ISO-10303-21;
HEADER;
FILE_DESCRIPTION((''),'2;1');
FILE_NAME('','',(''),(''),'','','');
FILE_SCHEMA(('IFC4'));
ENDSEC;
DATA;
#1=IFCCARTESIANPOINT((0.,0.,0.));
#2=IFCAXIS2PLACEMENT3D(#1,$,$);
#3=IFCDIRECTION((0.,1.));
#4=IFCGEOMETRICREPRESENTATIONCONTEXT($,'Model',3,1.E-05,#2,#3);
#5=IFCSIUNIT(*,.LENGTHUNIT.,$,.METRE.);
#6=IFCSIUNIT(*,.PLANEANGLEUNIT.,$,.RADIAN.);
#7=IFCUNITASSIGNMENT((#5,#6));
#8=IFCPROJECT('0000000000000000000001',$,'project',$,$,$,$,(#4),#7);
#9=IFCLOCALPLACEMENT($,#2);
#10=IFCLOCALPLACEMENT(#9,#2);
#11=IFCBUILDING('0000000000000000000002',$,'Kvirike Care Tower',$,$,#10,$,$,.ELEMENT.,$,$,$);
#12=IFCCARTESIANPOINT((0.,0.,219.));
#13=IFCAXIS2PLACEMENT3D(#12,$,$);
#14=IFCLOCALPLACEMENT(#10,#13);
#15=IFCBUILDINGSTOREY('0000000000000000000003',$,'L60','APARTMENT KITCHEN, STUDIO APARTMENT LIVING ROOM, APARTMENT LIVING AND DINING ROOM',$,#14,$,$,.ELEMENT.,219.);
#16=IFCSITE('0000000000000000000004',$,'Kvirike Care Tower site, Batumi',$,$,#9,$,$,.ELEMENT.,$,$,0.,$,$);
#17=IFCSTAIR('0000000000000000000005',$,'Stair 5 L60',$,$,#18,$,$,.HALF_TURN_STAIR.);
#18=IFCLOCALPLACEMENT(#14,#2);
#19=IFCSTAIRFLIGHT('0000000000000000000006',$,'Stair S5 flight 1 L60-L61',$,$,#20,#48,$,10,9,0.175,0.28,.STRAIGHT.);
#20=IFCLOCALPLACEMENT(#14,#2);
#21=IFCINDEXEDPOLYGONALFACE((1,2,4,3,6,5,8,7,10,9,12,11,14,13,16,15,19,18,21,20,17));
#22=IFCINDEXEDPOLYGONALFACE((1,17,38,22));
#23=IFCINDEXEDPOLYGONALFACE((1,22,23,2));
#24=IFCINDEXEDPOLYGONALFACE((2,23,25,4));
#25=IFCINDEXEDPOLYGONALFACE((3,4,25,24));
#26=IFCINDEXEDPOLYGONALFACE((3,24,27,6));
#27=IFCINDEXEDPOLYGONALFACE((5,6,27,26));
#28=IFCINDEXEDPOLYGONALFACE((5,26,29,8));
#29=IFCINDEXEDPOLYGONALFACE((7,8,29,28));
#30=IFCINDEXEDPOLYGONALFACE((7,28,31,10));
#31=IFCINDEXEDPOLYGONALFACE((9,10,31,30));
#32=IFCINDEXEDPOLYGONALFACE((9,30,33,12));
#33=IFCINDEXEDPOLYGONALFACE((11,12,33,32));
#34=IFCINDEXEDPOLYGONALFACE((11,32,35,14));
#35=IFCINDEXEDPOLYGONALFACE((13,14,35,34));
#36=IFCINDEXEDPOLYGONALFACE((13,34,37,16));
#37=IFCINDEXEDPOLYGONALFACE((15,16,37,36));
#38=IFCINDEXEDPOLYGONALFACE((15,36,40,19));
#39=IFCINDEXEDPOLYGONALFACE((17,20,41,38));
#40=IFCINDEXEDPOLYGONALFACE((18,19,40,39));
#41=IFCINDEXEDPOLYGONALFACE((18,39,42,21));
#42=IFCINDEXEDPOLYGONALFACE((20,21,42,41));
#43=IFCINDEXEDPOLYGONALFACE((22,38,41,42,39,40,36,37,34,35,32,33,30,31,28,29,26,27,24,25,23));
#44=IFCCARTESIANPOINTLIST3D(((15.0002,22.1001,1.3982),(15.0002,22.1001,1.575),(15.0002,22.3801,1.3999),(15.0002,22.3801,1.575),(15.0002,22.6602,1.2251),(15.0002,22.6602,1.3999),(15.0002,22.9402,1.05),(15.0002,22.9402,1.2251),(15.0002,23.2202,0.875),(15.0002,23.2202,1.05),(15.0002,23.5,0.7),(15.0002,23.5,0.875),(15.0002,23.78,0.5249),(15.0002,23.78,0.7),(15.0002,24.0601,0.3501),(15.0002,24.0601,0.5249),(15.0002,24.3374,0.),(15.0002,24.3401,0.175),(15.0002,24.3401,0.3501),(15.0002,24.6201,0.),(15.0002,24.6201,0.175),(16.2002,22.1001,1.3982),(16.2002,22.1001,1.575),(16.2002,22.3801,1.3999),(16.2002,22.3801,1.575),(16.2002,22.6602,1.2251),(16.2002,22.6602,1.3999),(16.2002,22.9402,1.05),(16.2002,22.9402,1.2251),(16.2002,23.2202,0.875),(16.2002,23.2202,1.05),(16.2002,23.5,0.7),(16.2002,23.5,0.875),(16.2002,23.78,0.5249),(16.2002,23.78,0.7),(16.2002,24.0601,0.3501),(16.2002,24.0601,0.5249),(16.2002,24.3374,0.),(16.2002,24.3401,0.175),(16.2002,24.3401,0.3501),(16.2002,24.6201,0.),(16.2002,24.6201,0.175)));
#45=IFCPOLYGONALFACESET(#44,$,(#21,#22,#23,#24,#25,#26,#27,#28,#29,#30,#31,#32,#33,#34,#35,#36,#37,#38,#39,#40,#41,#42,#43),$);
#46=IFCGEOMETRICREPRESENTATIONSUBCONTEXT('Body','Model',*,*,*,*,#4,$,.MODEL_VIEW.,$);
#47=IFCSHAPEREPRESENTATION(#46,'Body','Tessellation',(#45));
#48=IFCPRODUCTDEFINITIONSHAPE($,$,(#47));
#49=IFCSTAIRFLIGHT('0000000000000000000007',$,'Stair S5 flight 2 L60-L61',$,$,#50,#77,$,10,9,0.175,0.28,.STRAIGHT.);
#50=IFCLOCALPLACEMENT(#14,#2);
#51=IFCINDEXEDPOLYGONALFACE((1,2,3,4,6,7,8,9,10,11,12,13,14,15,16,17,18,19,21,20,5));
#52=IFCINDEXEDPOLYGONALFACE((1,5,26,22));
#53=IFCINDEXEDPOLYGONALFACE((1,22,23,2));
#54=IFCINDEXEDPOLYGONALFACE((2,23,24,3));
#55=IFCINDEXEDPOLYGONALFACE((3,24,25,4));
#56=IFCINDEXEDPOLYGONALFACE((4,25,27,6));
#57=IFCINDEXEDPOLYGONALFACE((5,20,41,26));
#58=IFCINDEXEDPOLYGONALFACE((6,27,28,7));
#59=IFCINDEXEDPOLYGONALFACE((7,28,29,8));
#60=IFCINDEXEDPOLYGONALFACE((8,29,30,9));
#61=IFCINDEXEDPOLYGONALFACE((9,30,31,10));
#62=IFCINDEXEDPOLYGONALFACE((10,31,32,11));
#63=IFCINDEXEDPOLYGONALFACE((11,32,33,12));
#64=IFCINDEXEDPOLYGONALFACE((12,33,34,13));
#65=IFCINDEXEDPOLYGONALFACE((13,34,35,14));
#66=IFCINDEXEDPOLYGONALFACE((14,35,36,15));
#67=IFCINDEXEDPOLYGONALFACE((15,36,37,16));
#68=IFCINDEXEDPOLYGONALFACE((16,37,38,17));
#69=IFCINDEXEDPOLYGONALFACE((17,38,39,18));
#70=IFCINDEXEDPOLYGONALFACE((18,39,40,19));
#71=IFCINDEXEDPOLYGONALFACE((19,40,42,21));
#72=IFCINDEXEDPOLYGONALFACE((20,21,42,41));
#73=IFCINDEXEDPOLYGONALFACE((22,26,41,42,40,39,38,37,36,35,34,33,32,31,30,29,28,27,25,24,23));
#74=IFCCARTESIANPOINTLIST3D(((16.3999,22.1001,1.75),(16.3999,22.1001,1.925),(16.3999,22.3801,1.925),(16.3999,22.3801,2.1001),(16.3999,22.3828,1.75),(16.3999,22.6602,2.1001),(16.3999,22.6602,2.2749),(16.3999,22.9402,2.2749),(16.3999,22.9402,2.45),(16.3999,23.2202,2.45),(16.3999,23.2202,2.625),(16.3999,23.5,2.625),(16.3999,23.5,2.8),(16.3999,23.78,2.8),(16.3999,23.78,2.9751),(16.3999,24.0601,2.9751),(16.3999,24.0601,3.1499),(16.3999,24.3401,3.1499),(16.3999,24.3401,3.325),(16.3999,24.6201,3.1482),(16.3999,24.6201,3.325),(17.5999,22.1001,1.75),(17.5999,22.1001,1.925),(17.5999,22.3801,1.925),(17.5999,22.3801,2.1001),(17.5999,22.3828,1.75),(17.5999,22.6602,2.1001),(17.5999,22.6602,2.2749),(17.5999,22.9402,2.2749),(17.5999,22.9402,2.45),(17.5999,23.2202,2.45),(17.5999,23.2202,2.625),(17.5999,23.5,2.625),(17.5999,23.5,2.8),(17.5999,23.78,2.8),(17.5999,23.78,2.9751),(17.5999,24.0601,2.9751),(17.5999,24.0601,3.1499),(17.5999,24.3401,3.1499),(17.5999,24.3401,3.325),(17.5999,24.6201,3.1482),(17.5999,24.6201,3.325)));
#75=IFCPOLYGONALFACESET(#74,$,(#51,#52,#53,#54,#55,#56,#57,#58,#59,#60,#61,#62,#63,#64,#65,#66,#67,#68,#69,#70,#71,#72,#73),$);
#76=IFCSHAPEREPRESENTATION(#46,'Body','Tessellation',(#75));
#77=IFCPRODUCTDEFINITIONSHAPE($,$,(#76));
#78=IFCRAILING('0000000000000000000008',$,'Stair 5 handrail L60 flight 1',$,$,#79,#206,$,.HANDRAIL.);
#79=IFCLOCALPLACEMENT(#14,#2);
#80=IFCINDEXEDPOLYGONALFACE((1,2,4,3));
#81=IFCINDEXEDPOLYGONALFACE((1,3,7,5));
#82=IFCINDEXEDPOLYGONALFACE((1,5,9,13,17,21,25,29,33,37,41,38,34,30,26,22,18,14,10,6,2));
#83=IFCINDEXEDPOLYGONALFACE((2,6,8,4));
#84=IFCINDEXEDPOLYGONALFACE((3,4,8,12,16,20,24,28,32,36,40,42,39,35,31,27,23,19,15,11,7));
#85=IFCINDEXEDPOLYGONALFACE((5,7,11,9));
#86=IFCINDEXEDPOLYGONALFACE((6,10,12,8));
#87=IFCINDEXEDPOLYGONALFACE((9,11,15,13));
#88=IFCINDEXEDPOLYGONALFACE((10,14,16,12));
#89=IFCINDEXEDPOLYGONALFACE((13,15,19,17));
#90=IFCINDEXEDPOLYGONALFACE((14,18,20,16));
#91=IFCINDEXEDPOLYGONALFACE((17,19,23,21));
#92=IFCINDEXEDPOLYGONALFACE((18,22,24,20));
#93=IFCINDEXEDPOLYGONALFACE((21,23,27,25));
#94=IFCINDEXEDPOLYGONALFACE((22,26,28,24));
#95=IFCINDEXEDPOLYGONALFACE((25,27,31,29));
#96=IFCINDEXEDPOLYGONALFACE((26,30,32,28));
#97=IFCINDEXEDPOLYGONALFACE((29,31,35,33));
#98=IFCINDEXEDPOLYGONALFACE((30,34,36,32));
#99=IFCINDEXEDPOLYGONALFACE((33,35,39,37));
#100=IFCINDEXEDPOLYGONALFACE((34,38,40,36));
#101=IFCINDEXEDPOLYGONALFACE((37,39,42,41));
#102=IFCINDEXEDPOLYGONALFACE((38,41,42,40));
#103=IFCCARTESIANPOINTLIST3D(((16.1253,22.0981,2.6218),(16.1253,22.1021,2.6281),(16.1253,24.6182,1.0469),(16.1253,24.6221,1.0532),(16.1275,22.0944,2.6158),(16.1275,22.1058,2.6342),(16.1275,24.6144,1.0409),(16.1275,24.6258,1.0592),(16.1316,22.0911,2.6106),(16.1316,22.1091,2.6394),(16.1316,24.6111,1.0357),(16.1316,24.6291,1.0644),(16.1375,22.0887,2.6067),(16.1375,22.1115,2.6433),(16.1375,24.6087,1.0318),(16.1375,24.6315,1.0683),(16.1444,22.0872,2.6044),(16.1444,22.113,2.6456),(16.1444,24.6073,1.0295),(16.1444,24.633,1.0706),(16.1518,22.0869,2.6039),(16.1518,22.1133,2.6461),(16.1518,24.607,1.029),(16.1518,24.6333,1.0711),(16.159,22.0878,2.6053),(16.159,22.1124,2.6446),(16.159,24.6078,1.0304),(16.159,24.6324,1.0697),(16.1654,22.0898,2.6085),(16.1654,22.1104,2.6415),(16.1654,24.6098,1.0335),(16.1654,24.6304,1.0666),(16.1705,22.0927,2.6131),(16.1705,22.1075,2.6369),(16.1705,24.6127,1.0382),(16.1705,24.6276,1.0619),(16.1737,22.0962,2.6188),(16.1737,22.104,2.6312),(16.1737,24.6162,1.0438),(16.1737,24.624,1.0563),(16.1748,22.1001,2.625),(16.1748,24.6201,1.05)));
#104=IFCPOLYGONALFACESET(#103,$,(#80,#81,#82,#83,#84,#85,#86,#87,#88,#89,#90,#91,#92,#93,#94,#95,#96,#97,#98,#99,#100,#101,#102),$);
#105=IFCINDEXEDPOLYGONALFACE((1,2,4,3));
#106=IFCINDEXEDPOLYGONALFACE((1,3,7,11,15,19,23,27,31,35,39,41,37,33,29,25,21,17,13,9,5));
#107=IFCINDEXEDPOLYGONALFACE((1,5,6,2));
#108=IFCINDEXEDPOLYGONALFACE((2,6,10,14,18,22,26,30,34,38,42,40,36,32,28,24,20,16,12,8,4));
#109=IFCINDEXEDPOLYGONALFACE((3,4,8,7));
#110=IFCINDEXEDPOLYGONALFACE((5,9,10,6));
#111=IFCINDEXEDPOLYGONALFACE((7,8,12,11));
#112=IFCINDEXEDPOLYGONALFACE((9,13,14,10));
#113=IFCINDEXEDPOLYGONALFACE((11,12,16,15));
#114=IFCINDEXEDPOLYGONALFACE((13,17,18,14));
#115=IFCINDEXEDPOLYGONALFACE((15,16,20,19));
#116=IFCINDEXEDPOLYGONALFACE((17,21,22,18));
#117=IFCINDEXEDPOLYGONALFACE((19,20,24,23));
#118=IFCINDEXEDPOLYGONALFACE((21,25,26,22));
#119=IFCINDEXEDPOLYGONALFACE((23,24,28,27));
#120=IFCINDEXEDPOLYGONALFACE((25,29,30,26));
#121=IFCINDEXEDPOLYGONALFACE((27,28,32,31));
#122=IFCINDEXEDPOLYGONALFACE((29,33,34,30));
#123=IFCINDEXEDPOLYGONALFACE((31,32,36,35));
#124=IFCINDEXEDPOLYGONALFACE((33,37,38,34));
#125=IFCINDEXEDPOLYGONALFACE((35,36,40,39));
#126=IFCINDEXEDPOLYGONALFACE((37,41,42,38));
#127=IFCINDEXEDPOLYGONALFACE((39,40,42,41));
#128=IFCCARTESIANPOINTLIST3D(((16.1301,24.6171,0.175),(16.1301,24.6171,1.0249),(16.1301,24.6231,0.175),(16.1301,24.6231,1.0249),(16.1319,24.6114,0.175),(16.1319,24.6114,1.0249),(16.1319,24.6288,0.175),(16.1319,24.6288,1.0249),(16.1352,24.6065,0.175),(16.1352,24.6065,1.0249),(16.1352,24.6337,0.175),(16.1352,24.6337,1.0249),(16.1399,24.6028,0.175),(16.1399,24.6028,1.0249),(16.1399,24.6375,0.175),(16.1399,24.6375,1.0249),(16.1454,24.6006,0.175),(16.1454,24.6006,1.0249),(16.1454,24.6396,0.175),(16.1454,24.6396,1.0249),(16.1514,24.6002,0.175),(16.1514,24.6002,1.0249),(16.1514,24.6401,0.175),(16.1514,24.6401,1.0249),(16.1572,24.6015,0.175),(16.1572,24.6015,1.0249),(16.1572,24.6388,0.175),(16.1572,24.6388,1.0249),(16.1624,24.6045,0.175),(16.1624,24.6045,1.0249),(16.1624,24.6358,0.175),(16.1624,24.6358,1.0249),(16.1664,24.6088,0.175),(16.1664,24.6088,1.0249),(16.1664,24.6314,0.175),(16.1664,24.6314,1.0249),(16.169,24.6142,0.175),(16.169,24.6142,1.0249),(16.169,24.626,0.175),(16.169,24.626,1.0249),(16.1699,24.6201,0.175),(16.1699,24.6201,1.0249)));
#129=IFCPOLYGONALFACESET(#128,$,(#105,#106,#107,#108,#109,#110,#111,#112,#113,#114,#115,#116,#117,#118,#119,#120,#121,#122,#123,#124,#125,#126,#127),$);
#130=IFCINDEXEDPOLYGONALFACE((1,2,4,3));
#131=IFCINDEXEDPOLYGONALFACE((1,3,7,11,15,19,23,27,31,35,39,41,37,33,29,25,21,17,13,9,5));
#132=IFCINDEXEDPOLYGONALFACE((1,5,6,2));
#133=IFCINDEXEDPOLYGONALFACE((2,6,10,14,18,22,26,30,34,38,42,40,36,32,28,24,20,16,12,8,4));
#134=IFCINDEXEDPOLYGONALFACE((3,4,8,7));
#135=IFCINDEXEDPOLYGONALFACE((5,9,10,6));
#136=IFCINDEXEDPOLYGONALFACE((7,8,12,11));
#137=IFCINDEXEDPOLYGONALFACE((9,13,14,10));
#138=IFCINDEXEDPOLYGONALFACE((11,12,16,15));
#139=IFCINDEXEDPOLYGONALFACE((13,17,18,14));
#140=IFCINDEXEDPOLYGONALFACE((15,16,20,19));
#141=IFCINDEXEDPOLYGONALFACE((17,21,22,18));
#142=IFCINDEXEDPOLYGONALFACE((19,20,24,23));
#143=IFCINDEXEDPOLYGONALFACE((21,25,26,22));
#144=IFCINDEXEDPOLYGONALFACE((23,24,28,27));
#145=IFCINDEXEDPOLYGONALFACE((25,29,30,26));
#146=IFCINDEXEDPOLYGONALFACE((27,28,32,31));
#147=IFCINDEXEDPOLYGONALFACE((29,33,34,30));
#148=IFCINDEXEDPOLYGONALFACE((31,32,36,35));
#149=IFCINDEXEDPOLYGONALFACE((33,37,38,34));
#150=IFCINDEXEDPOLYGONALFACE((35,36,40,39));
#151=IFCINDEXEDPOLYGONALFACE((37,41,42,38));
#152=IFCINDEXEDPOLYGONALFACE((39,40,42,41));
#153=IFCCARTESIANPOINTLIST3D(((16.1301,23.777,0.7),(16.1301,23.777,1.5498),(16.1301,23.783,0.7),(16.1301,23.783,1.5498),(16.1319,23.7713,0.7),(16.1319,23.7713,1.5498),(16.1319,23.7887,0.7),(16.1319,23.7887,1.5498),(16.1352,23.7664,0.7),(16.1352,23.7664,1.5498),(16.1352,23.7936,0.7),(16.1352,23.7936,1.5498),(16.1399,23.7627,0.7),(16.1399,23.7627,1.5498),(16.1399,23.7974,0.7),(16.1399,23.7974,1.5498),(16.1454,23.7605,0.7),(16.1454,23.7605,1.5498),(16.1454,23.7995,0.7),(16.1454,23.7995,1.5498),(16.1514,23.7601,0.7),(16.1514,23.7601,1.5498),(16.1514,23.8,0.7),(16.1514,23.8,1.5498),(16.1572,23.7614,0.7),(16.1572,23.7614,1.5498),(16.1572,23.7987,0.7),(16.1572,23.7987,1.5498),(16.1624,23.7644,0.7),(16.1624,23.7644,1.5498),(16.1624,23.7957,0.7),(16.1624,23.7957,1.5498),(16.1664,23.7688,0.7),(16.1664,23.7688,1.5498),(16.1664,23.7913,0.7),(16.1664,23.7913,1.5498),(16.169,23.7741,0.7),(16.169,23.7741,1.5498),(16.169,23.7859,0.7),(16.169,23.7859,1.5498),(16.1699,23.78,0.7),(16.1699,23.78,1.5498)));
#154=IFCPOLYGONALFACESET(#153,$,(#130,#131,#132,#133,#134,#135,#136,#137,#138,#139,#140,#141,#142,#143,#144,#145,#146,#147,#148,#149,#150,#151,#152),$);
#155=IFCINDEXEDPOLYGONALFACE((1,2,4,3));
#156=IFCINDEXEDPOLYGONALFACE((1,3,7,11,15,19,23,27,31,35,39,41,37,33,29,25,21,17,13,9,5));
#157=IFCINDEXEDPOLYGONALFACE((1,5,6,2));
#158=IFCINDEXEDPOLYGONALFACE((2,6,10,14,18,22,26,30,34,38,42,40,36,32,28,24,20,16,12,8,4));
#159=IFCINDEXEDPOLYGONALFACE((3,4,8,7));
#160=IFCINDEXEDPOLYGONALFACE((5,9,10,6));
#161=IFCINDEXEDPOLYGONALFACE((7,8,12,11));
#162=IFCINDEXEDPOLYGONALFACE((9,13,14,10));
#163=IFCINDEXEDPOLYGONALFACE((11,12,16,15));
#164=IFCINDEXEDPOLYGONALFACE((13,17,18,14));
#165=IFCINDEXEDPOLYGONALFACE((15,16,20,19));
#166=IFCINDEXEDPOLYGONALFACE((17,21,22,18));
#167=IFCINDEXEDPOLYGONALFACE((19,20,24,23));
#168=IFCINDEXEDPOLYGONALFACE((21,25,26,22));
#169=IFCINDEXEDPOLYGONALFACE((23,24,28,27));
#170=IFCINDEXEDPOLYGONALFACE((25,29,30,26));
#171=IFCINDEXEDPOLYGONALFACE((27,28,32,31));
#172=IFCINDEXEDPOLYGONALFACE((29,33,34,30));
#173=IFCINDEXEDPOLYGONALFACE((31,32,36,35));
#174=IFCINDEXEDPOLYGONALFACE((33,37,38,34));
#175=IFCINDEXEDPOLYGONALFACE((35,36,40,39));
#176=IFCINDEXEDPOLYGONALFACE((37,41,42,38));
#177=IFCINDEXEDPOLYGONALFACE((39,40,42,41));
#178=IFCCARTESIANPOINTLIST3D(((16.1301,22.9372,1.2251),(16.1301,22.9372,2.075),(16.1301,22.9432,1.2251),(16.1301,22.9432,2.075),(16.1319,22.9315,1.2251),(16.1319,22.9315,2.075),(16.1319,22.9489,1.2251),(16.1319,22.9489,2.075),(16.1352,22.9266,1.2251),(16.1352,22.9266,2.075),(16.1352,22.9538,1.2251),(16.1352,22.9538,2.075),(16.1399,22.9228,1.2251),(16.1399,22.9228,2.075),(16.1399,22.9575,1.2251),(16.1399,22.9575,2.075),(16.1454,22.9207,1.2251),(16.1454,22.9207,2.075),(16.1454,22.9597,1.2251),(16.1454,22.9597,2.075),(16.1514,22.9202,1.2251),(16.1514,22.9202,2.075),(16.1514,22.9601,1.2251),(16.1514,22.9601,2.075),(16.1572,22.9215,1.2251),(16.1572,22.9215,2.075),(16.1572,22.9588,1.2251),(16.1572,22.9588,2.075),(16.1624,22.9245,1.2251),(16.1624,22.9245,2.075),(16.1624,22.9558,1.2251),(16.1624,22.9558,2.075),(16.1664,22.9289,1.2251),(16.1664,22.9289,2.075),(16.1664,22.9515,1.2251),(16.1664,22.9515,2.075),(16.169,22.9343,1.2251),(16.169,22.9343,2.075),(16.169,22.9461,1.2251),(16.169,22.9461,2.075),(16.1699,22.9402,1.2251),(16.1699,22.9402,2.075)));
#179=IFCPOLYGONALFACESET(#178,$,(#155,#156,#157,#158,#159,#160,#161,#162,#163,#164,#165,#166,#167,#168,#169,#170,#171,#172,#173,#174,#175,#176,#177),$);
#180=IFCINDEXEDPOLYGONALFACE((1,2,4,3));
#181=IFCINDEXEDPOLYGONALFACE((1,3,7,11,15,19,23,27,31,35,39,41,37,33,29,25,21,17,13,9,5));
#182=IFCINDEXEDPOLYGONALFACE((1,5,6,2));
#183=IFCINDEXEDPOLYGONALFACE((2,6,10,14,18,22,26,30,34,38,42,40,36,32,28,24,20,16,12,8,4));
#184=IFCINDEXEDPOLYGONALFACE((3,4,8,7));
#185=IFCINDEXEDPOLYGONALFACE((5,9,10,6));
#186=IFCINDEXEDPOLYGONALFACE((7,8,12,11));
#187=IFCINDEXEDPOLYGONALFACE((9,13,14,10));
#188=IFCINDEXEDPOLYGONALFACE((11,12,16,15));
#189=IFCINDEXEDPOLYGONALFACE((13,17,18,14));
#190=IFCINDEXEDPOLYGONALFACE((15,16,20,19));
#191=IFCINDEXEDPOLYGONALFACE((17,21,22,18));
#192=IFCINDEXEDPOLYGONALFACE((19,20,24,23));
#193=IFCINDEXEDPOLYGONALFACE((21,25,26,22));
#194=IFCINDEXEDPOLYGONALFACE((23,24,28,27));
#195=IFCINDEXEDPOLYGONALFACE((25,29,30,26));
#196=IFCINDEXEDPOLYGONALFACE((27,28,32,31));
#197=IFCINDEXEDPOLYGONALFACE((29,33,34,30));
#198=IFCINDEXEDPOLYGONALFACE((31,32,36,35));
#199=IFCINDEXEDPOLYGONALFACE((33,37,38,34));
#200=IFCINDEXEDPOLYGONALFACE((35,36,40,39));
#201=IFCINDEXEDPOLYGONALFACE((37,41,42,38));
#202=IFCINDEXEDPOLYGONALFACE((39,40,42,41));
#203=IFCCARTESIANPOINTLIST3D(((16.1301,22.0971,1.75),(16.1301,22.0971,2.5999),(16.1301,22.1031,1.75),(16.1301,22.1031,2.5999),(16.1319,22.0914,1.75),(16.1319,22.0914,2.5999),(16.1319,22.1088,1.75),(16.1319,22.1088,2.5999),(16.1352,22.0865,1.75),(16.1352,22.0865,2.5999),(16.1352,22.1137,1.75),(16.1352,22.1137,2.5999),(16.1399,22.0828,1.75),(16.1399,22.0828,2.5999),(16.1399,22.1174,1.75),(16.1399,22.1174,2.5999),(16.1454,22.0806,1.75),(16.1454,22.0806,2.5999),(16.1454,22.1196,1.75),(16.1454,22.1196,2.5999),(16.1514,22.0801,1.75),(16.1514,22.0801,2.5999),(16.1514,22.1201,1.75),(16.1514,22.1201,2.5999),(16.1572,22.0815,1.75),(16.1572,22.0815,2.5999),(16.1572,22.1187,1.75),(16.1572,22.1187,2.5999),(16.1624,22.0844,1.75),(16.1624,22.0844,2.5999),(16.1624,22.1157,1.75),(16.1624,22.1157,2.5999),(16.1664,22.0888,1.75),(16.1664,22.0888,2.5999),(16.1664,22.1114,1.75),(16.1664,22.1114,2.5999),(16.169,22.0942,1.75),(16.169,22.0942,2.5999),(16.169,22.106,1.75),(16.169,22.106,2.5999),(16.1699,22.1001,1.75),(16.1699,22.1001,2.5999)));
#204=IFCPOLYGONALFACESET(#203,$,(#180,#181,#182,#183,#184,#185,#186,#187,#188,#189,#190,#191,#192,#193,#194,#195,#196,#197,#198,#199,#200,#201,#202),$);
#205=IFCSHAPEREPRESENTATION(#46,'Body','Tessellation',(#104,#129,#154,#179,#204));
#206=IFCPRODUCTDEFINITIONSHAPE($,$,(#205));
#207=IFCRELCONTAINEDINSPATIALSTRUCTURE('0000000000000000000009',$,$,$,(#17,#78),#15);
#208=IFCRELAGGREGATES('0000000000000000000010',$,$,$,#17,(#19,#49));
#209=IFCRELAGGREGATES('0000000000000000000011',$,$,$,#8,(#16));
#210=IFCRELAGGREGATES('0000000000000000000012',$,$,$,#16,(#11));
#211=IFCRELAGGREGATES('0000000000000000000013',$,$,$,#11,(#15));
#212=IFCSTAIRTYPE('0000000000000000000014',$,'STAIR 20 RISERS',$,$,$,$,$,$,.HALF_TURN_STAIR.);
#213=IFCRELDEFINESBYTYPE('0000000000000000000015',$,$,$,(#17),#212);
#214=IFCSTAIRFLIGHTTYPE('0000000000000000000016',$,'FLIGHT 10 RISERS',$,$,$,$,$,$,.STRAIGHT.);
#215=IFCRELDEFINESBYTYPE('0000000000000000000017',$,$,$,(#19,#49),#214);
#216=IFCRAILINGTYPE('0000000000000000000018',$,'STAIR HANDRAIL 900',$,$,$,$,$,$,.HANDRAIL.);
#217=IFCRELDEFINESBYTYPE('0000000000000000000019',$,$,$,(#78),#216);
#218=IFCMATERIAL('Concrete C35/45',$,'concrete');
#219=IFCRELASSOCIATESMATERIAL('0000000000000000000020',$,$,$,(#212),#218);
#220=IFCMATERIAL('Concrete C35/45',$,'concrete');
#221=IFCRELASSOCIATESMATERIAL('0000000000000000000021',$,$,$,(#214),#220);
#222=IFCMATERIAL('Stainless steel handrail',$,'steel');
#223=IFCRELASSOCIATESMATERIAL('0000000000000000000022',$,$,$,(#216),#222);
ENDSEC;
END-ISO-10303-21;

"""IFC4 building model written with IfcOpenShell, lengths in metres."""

from ifc_helpers import new_model, si_unit, direction, frame, origin, origin_2d, place, context, subcontext, project, spatial, polyline, circle, outline, extrude, material, type_object, element, aggregate, save


model = new_model("IFC4")

# Units and contexts
model_context = context("Model", 3, precision=1e-05, world=origin(), true_north=direction((0.0, 1.0)))
body_context = subcontext(model_context, "Body", "Model", "MODEL_VIEW")
ifc_project = project(units=[si_unit("LENGTHUNIT", "METRE"), si_unit("PLANEANGLEUNIT", "RADIAN")], contexts=[model_context])

# Site, building, storey
site_placement = place(None, origin())
site = spatial("IfcSite", under=ifc_project, at=site_placement, Name="Kvirike Care Tower site, Batumi", CompositionType="ELEMENT", RefElevation=0.0)
building_placement = place(site_placement, origin())
building = spatial("IfcBuilding", under=site, at=building_placement, Name="Kvirike Care Tower", CompositionType="ELEMENT")
storey_placement = place(building_placement, frame((0.0, 0.0, 219.0)))
storey = spatial("IfcBuildingStorey", under=building, at=storey_placement, Name="L60", Description="APARTMENT KITCHEN, STUDIO APARTMENT LIVING ROOM, APARTMENT LIVING AND DINING ROOM", CompositionType="ELEMENT", Elevation=219.0)

# Stair, stair flights
ifc_material_1 = material(Name="Concrete C35/45", Category="concrete")
stair_type = type_object("IfcStairType", Name="STAIR 20 RISERS", PredefinedType="HALF_TURN_STAIR", material=ifc_material_1)
stair_placement = place(storey_placement, origin())
stair = element("IfcStair", 1, at=stair_placement, inside=storey, type_object=stair_type, Name="Stair 5 L60", PredefinedType="HALF_TURN_STAIR")
ifc_material_2 = material(Name="Concrete C35/45", Category="concrete")
stair_flight_type = type_object("IfcStairFlightType", Name="FLIGHT 10 RISERS", PredefinedType="STRAIGHT", material=ifc_material_2)
stair_flight_1_placement = place(storey_placement, frame((15.6001, 24.6201, 0.0), z_axis=(0.0, 0.0, 1.0), x_axis=(0.0, -1.0, 0.0)))
stair_flight_1 = element("IfcStairFlight", 2, at=stair_flight_1_placement, type_object=stair_flight_type, Name="Stair S5 flight 1 L60-L61", NumberOfRisers=10, NumberOfTreads=9, PredefinedType="STRAIGHT", RiserHeight=0.175, TreadLength=0.28, context=body_context, shape_type="SweptSolid", body=[
    extrude(outline(polyline([(0.0, 0.0), (0.0, 0.175), (0.28, 0.175), (0.28, 0.3501), (0.5601, 0.3501), (0.5601, 0.5249), (0.8401, 0.5249), (0.8401, 0.7), (1.1201, 0.7), (1.1201, 0.875), (1.3999, 0.875), (1.3999, 1.05), (1.6799, 1.05), (1.6799, 1.2251), (1.96, 1.2251), (1.96, 1.3999), (2.24, 1.3999), (2.24, 1.575), (2.52, 1.575), (2.52, 1.75), (2.52, 1.3982), (0.2827, 0.0), (0.0, 0.0)])), frame((0.0, 0.6001, 0.0), z_axis=(0.0, -1.0, 0.0), x_axis=(1.0, 0.0, 0.0)), (0.0, 0.0, 1.0), 1.2),
])
stair_flight_2_placement = place(storey_placement, frame((17.0, 22.1001, 1.75), z_axis=(0.0, 0.0, 1.0), x_axis=(0.0, 1.0, 0.0)))
stair_flight_2 = element("IfcStairFlight", 3, at=stair_flight_2_placement, type_object=stair_flight_type, Name="Stair S5 flight 2 L60-L61", NumberOfRisers=10, NumberOfTreads=9, PredefinedType="STRAIGHT", RiserHeight=0.175, TreadLength=0.28, context=body_context, shape_type="SweptSolid", body=[
    extrude(outline(polyline([(0.0, 0.0), (0.0, 0.175), (0.28, 0.175), (0.28, 0.3501), (0.5601, 0.3501), (0.5601, 0.5249), (0.8401, 0.5249), (0.8401, 0.7), (1.1201, 0.7), (1.1201, 0.875), (1.3999, 0.875), (1.3999, 1.05), (1.6799, 1.05), (1.6799, 1.2251), (1.96, 1.2251), (1.96, 1.3999), (2.24, 1.3999), (2.24, 1.575), (2.52, 1.575), (2.52, 1.75), (2.52, 1.3982), (0.2827, 0.0), (0.0, 0.0)])), frame((0.0, 0.6001, 0.0), z_axis=(0.0, -1.0, 0.0), x_axis=(1.0, 0.0, 0.0)), (0.0, 0.0, 1.0), 1.2),
])
aggregate(stair, [stair_flight_1, stair_flight_2])

# Railing
ifc_material_3 = material(Name="Stainless steel handrail", Category="steel")
railing_type = type_object("IfcRailingType", Name="STAIR HANDRAIL 900", PredefinedType="HANDRAIL", material=ifc_material_3)
railing_1_placement = place(storey_placement, frame((16.1499, 24.6201, 0.175)))
element("IfcRailing", 4, at=railing_1_placement, inside=storey, type_object=railing_type, Name="Stair 5 handrail L60 flight 1", PredefinedType="HANDRAIL", context=body_context, shape_type="SweptSolid", body=[
    extrude(circle(Radius=0.0249, at=origin_2d()), frame((0.0, 0.0, 0.875), z_axis=(0.0, -0.848008, 0.529984), x_axis=(1.0, 0.0, 0.0)), (0.0, 0.0, 1.0), 2.9717),
    extrude(circle(Radius=0.02, at=origin_2d()), origin(), (0.0, 0.0, 1.0), 0.8499),
    extrude(circle(Radius=0.02, at=origin_2d()), frame((0.0, -0.8401, 0.5249)), (0.0, 0.0, 1.0), 0.8499),
    extrude(circle(Radius=0.02, at=origin_2d()), frame((0.0, -1.6799, 1.05)), (0.0, 0.0, 1.0), 0.8499),
    extrude(circle(Radius=0.02, at=origin_2d()), frame((0.0, -2.52, 1.575)), (0.0, 0.0, 1.0), 0.8499),
])

save(model, "model.ifc")
